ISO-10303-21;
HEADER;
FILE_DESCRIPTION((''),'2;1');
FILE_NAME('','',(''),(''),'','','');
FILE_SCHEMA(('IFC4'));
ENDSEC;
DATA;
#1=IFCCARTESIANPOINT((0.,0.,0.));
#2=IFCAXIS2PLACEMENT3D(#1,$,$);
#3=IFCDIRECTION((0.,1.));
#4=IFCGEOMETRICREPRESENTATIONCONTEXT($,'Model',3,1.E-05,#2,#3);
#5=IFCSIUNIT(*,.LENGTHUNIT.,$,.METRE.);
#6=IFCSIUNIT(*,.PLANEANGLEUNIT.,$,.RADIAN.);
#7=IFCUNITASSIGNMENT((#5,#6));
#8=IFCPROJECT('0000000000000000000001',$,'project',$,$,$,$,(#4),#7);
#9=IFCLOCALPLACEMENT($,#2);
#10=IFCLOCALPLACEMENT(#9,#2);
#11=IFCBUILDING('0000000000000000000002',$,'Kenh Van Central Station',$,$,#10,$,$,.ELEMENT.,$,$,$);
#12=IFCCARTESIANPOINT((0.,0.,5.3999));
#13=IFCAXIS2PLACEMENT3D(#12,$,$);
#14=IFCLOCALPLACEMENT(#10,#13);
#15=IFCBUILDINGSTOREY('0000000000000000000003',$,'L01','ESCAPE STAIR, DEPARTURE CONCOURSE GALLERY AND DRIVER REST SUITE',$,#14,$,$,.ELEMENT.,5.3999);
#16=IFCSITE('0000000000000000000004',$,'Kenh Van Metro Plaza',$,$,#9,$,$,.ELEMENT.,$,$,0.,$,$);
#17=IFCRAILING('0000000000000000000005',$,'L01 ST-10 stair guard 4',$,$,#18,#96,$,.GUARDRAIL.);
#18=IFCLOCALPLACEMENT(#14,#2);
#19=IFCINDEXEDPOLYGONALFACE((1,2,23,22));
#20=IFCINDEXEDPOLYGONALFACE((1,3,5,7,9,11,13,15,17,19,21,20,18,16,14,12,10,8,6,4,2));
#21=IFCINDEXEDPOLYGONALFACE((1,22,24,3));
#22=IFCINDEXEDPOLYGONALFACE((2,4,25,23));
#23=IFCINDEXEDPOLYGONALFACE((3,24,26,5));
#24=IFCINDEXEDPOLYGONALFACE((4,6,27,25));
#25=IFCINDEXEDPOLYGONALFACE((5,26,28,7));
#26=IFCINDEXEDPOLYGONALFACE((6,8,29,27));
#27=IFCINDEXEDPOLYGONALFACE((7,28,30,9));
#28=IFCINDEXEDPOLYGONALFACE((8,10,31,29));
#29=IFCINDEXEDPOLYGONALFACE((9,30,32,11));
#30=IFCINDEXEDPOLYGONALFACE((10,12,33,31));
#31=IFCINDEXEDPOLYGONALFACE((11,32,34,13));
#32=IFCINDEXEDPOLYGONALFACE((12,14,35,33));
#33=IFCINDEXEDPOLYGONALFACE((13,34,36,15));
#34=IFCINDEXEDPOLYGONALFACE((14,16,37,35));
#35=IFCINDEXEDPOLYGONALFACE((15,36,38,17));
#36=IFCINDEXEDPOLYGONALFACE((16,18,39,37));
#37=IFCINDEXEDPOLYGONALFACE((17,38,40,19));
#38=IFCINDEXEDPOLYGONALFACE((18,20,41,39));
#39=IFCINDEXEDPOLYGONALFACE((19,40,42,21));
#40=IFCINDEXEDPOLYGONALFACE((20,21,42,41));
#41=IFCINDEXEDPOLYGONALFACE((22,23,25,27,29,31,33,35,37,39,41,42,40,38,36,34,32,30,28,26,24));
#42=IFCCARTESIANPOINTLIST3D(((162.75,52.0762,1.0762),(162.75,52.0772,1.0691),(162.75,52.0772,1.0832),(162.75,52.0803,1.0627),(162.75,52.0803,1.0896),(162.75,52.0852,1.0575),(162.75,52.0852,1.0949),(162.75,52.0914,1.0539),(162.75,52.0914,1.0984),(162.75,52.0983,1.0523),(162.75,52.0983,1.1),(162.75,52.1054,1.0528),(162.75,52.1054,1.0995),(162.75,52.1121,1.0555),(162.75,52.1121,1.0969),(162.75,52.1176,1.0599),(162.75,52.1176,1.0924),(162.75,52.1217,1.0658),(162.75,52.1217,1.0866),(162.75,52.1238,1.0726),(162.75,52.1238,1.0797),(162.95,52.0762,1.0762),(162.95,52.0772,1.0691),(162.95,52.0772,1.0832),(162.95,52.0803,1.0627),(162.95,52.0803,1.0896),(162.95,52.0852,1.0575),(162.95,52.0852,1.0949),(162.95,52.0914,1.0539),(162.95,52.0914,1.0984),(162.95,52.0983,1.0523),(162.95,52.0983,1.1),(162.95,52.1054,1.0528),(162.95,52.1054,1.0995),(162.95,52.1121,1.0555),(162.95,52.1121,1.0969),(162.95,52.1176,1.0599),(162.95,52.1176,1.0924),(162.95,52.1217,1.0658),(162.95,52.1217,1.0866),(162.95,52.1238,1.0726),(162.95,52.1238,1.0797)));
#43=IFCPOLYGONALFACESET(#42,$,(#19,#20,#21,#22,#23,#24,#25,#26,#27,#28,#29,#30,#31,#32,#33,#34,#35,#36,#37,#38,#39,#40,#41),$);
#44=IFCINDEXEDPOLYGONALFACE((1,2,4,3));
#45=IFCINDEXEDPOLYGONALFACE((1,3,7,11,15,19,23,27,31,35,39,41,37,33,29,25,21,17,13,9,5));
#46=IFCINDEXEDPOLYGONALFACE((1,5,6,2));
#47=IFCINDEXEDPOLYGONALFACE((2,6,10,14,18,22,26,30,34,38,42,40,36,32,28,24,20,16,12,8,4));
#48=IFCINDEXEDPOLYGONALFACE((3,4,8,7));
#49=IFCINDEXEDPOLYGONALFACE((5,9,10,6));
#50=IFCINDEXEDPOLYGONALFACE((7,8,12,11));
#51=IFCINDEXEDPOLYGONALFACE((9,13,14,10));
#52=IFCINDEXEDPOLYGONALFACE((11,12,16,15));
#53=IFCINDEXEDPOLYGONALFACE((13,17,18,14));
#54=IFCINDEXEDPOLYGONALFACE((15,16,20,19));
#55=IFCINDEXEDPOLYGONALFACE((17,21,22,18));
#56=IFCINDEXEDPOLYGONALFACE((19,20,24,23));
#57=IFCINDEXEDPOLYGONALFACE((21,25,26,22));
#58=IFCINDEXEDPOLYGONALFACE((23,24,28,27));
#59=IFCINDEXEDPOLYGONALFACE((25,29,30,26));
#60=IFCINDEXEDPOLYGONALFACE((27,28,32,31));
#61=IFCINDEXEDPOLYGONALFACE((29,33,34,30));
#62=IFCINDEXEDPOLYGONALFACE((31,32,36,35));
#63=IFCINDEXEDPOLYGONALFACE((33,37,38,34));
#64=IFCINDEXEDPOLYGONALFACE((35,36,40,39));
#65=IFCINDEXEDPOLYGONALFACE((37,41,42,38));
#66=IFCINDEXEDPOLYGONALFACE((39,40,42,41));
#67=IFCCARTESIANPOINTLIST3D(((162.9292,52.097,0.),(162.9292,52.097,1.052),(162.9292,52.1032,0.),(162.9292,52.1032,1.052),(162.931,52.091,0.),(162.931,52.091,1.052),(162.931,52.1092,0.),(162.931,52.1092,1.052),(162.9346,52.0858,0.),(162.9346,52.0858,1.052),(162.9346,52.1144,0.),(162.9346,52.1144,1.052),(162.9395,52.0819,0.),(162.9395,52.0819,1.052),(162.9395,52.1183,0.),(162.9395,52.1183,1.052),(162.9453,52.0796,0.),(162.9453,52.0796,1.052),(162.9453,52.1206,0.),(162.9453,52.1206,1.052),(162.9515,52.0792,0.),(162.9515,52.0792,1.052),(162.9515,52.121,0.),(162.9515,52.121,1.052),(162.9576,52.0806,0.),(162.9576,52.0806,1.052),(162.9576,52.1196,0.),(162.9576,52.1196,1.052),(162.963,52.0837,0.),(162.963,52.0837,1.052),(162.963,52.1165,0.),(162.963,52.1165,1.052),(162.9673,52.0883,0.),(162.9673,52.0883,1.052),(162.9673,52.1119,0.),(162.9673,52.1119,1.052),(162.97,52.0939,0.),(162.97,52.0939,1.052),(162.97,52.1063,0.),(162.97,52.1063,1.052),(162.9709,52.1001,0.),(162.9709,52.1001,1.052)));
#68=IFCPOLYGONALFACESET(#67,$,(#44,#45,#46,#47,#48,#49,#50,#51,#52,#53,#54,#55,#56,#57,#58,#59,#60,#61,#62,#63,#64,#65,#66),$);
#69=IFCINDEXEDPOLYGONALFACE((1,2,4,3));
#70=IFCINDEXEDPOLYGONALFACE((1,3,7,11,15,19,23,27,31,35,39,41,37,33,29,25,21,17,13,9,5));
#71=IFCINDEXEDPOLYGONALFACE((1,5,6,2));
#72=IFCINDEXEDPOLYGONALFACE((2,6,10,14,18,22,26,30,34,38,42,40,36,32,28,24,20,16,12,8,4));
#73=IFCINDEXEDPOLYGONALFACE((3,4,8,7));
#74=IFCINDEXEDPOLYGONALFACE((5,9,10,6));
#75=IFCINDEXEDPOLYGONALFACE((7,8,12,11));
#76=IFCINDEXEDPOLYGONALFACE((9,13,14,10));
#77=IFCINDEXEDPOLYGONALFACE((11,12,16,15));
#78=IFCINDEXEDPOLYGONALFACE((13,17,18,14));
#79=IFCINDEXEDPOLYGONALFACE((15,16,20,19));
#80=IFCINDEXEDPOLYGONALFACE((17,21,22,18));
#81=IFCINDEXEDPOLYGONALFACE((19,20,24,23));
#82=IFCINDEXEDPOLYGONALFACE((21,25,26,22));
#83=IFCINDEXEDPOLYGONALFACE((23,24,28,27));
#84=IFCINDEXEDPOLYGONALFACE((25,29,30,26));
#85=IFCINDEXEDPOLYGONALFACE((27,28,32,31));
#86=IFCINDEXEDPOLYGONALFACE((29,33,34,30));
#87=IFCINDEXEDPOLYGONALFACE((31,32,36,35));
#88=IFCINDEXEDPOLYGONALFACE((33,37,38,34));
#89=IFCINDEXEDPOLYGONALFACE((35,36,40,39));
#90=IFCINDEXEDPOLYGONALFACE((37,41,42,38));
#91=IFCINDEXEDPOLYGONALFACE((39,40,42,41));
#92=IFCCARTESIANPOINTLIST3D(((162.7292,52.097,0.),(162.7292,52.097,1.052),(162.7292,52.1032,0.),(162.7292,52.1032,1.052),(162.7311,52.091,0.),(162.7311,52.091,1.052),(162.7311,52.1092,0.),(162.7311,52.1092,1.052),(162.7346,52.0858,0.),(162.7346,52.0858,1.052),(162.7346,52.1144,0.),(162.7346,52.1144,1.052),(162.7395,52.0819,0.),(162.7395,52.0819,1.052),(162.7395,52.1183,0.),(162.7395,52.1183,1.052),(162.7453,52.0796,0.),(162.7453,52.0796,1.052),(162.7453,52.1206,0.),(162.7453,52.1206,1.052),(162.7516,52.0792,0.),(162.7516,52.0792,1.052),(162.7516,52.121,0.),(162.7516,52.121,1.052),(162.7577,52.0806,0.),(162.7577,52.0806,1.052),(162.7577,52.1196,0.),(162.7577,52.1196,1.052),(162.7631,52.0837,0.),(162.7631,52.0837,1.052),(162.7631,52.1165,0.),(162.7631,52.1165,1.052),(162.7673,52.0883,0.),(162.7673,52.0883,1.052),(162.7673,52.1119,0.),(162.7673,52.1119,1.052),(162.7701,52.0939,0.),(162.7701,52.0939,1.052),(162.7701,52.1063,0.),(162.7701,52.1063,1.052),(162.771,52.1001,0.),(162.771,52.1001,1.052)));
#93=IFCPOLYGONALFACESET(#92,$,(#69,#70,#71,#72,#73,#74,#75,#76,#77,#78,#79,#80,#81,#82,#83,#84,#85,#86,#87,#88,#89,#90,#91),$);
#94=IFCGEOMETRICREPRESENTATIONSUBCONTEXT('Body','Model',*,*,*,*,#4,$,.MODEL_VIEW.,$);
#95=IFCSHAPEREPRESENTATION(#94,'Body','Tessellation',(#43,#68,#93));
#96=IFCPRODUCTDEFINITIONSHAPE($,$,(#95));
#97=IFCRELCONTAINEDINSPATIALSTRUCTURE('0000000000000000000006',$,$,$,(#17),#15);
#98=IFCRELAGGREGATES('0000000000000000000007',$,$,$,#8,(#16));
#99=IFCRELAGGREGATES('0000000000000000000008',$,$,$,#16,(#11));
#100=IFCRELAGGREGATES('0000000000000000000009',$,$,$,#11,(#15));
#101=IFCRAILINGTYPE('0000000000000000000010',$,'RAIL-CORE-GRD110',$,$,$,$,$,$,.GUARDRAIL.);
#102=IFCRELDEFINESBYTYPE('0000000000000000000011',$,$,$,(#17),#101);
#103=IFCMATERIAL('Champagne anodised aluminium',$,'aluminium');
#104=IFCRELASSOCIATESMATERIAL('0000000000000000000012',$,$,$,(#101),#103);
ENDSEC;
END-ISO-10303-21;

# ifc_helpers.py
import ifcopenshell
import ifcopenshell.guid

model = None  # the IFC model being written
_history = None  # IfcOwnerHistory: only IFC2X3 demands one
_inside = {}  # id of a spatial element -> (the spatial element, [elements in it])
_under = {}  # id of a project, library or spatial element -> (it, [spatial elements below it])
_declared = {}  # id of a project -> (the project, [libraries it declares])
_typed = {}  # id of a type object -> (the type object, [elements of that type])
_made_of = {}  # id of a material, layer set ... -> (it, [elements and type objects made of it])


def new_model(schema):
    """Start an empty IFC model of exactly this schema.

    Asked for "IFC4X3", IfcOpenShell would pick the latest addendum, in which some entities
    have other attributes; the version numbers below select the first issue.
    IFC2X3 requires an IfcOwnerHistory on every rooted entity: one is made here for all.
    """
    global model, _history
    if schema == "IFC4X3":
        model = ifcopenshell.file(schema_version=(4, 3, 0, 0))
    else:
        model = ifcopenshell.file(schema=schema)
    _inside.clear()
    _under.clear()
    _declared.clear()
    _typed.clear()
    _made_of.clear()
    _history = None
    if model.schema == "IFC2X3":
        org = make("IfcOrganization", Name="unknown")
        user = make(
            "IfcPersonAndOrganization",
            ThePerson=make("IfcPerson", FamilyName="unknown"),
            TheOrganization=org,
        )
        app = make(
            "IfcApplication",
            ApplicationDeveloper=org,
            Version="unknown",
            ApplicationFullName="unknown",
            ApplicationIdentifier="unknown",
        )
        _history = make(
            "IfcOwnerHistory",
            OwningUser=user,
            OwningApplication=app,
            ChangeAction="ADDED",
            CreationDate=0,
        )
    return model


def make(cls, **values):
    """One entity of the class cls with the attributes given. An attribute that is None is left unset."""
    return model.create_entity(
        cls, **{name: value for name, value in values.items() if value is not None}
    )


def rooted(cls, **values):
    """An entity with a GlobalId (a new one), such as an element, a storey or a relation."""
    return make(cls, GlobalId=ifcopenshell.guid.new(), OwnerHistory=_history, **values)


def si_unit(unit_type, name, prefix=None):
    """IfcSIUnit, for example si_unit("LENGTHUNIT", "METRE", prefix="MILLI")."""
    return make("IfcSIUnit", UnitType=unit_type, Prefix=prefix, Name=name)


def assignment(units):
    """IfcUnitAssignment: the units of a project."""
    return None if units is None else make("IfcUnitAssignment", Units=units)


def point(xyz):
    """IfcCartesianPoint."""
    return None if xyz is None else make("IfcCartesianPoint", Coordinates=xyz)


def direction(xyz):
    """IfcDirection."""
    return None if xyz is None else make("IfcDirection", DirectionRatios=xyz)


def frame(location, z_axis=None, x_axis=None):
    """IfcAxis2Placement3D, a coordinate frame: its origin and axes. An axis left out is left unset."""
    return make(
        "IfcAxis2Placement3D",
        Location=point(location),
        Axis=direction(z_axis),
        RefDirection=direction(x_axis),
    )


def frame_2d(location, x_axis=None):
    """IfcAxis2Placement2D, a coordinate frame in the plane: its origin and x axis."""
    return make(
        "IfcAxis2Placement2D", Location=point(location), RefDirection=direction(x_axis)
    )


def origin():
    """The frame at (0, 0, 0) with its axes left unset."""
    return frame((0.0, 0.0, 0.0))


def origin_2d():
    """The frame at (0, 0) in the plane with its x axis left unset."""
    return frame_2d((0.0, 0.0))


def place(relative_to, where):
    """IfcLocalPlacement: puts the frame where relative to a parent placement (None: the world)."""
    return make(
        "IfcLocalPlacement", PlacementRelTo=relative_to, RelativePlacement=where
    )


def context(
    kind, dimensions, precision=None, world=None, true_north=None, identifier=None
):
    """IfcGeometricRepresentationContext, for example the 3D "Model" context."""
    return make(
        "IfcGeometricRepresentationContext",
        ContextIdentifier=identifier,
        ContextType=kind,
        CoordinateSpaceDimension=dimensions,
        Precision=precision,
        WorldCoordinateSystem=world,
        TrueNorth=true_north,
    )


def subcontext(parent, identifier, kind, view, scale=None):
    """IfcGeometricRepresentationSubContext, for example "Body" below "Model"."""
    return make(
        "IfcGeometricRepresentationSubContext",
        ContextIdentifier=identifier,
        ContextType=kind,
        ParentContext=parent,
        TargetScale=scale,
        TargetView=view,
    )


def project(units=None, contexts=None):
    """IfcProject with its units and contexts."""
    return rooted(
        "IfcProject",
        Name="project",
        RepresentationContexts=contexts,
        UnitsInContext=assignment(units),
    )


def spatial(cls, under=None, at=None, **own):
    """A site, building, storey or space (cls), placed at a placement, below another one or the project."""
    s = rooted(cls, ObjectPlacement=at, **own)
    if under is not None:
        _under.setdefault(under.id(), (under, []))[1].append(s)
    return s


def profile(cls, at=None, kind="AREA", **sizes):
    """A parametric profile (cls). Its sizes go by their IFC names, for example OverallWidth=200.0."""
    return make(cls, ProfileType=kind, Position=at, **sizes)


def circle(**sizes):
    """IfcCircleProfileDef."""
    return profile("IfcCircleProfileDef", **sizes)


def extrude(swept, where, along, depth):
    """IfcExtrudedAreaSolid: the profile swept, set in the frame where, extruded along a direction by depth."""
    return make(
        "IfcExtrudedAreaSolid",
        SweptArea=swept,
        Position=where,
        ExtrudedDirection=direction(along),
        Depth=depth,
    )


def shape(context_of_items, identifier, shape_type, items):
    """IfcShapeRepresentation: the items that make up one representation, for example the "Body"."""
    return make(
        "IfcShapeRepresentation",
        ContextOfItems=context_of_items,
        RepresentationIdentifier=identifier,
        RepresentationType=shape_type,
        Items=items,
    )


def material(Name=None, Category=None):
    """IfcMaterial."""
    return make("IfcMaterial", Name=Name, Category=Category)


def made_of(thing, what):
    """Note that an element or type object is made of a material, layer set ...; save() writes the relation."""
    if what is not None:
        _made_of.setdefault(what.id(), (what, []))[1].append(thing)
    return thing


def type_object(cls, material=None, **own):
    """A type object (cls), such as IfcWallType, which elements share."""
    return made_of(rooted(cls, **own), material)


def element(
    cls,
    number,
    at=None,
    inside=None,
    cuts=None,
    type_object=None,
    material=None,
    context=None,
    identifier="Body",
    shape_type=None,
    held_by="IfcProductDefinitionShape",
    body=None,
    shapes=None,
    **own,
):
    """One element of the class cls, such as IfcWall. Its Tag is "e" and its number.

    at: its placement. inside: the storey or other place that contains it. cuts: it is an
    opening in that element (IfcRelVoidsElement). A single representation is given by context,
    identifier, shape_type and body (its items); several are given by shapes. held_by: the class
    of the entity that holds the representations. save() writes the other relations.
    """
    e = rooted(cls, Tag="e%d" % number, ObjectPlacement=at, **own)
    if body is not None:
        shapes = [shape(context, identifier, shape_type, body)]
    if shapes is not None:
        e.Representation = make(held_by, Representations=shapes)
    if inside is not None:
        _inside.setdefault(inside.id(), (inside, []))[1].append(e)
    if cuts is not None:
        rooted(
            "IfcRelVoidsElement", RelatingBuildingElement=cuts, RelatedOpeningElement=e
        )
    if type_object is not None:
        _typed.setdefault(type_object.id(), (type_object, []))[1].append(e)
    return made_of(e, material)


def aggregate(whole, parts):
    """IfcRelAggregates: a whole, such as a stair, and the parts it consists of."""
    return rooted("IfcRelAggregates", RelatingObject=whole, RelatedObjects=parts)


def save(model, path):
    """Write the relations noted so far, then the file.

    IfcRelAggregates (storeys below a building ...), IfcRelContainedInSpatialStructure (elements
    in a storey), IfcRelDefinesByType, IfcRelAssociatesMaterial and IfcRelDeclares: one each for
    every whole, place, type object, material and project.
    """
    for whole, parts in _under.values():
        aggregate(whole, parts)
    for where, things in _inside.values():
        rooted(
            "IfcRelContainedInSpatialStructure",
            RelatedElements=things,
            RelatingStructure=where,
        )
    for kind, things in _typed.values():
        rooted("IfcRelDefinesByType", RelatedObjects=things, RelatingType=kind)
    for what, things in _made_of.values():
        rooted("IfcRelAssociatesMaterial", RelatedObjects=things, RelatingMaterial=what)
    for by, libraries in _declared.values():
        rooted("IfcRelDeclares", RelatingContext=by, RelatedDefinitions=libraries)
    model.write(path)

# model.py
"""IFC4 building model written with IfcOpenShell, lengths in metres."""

from ifc_helpers import new_model, si_unit, direction, frame, origin, origin_2d, place, context, subcontext, project, spatial, circle, extrude, material, type_object, element, save


model = new_model("IFC4")

# Units and contexts
model_context = context("Model", 3, precision=1e-05, world=origin(), true_north=direction((0.0, 1.0)))
body_context = subcontext(model_context, "Body", "Model", "MODEL_VIEW")
ifc_project = project(units=[si_unit("LENGTHUNIT", "METRE"), si_unit("PLANEANGLEUNIT", "RADIAN")], contexts=[model_context])

# Site, building, storey
site_placement = place(None, origin())
site = spatial("IfcSite", under=ifc_project, at=site_placement, Name="Kenh Van Metro Plaza", CompositionType="ELEMENT", RefElevation=0.0)
building_placement = place(site_placement, origin())
building = spatial("IfcBuilding", under=site, at=building_placement, Name="Kenh Van Central Station", CompositionType="ELEMENT")
storey_placement = place(building_placement, frame((0.0, 0.0, 5.3999)))
storey = spatial("IfcBuildingStorey", under=building, at=storey_placement, Name="L01", Description="ESCAPE STAIR, DEPARTURE CONCOURSE GALLERY AND DRIVER REST SUITE", CompositionType="ELEMENT", Elevation=5.3999)

# Shared definitions
ifc_material_1 = material(Name="Champagne anodised aluminium", Category="aluminium")

# Railing
railing_type_1 = type_object("IfcRailingType", Name="RAIL-CORE-GRD110", PredefinedType="GUARDRAIL", material=ifc_material_1)
railing_1_placement = place(storey_placement, frame((162.95, 52.1001, 0.0)))
element("IfcRailing", 1, at=railing_1_placement, inside=storey, type_object=railing_type_1, Name="L01 ST-10 stair guard 4", PredefinedType="GUARDRAIL", context=body_context, shape_type="SweptSolid", body=[
    extrude(circle(Radius=0.0239, at=origin_2d()), frame((0.0, 0.0, 1.0762), z_axis=(-1.0, 0.0, 0.0), x_axis=(0.0, -1.0, 0.0)), (0.0, 0.0, 1.0), 0.2),
    extrude(circle(Radius=0.021, at=origin_2d()), origin(), (0.0, 0.0, 1.0), 1.052),
    extrude(circle(Radius=0.021, at=origin_2d()), frame((-0.2, 0.0, 0.0)), (0.0, 0.0, 1.0), 1.052),
])

save(model, "model.ifc")
